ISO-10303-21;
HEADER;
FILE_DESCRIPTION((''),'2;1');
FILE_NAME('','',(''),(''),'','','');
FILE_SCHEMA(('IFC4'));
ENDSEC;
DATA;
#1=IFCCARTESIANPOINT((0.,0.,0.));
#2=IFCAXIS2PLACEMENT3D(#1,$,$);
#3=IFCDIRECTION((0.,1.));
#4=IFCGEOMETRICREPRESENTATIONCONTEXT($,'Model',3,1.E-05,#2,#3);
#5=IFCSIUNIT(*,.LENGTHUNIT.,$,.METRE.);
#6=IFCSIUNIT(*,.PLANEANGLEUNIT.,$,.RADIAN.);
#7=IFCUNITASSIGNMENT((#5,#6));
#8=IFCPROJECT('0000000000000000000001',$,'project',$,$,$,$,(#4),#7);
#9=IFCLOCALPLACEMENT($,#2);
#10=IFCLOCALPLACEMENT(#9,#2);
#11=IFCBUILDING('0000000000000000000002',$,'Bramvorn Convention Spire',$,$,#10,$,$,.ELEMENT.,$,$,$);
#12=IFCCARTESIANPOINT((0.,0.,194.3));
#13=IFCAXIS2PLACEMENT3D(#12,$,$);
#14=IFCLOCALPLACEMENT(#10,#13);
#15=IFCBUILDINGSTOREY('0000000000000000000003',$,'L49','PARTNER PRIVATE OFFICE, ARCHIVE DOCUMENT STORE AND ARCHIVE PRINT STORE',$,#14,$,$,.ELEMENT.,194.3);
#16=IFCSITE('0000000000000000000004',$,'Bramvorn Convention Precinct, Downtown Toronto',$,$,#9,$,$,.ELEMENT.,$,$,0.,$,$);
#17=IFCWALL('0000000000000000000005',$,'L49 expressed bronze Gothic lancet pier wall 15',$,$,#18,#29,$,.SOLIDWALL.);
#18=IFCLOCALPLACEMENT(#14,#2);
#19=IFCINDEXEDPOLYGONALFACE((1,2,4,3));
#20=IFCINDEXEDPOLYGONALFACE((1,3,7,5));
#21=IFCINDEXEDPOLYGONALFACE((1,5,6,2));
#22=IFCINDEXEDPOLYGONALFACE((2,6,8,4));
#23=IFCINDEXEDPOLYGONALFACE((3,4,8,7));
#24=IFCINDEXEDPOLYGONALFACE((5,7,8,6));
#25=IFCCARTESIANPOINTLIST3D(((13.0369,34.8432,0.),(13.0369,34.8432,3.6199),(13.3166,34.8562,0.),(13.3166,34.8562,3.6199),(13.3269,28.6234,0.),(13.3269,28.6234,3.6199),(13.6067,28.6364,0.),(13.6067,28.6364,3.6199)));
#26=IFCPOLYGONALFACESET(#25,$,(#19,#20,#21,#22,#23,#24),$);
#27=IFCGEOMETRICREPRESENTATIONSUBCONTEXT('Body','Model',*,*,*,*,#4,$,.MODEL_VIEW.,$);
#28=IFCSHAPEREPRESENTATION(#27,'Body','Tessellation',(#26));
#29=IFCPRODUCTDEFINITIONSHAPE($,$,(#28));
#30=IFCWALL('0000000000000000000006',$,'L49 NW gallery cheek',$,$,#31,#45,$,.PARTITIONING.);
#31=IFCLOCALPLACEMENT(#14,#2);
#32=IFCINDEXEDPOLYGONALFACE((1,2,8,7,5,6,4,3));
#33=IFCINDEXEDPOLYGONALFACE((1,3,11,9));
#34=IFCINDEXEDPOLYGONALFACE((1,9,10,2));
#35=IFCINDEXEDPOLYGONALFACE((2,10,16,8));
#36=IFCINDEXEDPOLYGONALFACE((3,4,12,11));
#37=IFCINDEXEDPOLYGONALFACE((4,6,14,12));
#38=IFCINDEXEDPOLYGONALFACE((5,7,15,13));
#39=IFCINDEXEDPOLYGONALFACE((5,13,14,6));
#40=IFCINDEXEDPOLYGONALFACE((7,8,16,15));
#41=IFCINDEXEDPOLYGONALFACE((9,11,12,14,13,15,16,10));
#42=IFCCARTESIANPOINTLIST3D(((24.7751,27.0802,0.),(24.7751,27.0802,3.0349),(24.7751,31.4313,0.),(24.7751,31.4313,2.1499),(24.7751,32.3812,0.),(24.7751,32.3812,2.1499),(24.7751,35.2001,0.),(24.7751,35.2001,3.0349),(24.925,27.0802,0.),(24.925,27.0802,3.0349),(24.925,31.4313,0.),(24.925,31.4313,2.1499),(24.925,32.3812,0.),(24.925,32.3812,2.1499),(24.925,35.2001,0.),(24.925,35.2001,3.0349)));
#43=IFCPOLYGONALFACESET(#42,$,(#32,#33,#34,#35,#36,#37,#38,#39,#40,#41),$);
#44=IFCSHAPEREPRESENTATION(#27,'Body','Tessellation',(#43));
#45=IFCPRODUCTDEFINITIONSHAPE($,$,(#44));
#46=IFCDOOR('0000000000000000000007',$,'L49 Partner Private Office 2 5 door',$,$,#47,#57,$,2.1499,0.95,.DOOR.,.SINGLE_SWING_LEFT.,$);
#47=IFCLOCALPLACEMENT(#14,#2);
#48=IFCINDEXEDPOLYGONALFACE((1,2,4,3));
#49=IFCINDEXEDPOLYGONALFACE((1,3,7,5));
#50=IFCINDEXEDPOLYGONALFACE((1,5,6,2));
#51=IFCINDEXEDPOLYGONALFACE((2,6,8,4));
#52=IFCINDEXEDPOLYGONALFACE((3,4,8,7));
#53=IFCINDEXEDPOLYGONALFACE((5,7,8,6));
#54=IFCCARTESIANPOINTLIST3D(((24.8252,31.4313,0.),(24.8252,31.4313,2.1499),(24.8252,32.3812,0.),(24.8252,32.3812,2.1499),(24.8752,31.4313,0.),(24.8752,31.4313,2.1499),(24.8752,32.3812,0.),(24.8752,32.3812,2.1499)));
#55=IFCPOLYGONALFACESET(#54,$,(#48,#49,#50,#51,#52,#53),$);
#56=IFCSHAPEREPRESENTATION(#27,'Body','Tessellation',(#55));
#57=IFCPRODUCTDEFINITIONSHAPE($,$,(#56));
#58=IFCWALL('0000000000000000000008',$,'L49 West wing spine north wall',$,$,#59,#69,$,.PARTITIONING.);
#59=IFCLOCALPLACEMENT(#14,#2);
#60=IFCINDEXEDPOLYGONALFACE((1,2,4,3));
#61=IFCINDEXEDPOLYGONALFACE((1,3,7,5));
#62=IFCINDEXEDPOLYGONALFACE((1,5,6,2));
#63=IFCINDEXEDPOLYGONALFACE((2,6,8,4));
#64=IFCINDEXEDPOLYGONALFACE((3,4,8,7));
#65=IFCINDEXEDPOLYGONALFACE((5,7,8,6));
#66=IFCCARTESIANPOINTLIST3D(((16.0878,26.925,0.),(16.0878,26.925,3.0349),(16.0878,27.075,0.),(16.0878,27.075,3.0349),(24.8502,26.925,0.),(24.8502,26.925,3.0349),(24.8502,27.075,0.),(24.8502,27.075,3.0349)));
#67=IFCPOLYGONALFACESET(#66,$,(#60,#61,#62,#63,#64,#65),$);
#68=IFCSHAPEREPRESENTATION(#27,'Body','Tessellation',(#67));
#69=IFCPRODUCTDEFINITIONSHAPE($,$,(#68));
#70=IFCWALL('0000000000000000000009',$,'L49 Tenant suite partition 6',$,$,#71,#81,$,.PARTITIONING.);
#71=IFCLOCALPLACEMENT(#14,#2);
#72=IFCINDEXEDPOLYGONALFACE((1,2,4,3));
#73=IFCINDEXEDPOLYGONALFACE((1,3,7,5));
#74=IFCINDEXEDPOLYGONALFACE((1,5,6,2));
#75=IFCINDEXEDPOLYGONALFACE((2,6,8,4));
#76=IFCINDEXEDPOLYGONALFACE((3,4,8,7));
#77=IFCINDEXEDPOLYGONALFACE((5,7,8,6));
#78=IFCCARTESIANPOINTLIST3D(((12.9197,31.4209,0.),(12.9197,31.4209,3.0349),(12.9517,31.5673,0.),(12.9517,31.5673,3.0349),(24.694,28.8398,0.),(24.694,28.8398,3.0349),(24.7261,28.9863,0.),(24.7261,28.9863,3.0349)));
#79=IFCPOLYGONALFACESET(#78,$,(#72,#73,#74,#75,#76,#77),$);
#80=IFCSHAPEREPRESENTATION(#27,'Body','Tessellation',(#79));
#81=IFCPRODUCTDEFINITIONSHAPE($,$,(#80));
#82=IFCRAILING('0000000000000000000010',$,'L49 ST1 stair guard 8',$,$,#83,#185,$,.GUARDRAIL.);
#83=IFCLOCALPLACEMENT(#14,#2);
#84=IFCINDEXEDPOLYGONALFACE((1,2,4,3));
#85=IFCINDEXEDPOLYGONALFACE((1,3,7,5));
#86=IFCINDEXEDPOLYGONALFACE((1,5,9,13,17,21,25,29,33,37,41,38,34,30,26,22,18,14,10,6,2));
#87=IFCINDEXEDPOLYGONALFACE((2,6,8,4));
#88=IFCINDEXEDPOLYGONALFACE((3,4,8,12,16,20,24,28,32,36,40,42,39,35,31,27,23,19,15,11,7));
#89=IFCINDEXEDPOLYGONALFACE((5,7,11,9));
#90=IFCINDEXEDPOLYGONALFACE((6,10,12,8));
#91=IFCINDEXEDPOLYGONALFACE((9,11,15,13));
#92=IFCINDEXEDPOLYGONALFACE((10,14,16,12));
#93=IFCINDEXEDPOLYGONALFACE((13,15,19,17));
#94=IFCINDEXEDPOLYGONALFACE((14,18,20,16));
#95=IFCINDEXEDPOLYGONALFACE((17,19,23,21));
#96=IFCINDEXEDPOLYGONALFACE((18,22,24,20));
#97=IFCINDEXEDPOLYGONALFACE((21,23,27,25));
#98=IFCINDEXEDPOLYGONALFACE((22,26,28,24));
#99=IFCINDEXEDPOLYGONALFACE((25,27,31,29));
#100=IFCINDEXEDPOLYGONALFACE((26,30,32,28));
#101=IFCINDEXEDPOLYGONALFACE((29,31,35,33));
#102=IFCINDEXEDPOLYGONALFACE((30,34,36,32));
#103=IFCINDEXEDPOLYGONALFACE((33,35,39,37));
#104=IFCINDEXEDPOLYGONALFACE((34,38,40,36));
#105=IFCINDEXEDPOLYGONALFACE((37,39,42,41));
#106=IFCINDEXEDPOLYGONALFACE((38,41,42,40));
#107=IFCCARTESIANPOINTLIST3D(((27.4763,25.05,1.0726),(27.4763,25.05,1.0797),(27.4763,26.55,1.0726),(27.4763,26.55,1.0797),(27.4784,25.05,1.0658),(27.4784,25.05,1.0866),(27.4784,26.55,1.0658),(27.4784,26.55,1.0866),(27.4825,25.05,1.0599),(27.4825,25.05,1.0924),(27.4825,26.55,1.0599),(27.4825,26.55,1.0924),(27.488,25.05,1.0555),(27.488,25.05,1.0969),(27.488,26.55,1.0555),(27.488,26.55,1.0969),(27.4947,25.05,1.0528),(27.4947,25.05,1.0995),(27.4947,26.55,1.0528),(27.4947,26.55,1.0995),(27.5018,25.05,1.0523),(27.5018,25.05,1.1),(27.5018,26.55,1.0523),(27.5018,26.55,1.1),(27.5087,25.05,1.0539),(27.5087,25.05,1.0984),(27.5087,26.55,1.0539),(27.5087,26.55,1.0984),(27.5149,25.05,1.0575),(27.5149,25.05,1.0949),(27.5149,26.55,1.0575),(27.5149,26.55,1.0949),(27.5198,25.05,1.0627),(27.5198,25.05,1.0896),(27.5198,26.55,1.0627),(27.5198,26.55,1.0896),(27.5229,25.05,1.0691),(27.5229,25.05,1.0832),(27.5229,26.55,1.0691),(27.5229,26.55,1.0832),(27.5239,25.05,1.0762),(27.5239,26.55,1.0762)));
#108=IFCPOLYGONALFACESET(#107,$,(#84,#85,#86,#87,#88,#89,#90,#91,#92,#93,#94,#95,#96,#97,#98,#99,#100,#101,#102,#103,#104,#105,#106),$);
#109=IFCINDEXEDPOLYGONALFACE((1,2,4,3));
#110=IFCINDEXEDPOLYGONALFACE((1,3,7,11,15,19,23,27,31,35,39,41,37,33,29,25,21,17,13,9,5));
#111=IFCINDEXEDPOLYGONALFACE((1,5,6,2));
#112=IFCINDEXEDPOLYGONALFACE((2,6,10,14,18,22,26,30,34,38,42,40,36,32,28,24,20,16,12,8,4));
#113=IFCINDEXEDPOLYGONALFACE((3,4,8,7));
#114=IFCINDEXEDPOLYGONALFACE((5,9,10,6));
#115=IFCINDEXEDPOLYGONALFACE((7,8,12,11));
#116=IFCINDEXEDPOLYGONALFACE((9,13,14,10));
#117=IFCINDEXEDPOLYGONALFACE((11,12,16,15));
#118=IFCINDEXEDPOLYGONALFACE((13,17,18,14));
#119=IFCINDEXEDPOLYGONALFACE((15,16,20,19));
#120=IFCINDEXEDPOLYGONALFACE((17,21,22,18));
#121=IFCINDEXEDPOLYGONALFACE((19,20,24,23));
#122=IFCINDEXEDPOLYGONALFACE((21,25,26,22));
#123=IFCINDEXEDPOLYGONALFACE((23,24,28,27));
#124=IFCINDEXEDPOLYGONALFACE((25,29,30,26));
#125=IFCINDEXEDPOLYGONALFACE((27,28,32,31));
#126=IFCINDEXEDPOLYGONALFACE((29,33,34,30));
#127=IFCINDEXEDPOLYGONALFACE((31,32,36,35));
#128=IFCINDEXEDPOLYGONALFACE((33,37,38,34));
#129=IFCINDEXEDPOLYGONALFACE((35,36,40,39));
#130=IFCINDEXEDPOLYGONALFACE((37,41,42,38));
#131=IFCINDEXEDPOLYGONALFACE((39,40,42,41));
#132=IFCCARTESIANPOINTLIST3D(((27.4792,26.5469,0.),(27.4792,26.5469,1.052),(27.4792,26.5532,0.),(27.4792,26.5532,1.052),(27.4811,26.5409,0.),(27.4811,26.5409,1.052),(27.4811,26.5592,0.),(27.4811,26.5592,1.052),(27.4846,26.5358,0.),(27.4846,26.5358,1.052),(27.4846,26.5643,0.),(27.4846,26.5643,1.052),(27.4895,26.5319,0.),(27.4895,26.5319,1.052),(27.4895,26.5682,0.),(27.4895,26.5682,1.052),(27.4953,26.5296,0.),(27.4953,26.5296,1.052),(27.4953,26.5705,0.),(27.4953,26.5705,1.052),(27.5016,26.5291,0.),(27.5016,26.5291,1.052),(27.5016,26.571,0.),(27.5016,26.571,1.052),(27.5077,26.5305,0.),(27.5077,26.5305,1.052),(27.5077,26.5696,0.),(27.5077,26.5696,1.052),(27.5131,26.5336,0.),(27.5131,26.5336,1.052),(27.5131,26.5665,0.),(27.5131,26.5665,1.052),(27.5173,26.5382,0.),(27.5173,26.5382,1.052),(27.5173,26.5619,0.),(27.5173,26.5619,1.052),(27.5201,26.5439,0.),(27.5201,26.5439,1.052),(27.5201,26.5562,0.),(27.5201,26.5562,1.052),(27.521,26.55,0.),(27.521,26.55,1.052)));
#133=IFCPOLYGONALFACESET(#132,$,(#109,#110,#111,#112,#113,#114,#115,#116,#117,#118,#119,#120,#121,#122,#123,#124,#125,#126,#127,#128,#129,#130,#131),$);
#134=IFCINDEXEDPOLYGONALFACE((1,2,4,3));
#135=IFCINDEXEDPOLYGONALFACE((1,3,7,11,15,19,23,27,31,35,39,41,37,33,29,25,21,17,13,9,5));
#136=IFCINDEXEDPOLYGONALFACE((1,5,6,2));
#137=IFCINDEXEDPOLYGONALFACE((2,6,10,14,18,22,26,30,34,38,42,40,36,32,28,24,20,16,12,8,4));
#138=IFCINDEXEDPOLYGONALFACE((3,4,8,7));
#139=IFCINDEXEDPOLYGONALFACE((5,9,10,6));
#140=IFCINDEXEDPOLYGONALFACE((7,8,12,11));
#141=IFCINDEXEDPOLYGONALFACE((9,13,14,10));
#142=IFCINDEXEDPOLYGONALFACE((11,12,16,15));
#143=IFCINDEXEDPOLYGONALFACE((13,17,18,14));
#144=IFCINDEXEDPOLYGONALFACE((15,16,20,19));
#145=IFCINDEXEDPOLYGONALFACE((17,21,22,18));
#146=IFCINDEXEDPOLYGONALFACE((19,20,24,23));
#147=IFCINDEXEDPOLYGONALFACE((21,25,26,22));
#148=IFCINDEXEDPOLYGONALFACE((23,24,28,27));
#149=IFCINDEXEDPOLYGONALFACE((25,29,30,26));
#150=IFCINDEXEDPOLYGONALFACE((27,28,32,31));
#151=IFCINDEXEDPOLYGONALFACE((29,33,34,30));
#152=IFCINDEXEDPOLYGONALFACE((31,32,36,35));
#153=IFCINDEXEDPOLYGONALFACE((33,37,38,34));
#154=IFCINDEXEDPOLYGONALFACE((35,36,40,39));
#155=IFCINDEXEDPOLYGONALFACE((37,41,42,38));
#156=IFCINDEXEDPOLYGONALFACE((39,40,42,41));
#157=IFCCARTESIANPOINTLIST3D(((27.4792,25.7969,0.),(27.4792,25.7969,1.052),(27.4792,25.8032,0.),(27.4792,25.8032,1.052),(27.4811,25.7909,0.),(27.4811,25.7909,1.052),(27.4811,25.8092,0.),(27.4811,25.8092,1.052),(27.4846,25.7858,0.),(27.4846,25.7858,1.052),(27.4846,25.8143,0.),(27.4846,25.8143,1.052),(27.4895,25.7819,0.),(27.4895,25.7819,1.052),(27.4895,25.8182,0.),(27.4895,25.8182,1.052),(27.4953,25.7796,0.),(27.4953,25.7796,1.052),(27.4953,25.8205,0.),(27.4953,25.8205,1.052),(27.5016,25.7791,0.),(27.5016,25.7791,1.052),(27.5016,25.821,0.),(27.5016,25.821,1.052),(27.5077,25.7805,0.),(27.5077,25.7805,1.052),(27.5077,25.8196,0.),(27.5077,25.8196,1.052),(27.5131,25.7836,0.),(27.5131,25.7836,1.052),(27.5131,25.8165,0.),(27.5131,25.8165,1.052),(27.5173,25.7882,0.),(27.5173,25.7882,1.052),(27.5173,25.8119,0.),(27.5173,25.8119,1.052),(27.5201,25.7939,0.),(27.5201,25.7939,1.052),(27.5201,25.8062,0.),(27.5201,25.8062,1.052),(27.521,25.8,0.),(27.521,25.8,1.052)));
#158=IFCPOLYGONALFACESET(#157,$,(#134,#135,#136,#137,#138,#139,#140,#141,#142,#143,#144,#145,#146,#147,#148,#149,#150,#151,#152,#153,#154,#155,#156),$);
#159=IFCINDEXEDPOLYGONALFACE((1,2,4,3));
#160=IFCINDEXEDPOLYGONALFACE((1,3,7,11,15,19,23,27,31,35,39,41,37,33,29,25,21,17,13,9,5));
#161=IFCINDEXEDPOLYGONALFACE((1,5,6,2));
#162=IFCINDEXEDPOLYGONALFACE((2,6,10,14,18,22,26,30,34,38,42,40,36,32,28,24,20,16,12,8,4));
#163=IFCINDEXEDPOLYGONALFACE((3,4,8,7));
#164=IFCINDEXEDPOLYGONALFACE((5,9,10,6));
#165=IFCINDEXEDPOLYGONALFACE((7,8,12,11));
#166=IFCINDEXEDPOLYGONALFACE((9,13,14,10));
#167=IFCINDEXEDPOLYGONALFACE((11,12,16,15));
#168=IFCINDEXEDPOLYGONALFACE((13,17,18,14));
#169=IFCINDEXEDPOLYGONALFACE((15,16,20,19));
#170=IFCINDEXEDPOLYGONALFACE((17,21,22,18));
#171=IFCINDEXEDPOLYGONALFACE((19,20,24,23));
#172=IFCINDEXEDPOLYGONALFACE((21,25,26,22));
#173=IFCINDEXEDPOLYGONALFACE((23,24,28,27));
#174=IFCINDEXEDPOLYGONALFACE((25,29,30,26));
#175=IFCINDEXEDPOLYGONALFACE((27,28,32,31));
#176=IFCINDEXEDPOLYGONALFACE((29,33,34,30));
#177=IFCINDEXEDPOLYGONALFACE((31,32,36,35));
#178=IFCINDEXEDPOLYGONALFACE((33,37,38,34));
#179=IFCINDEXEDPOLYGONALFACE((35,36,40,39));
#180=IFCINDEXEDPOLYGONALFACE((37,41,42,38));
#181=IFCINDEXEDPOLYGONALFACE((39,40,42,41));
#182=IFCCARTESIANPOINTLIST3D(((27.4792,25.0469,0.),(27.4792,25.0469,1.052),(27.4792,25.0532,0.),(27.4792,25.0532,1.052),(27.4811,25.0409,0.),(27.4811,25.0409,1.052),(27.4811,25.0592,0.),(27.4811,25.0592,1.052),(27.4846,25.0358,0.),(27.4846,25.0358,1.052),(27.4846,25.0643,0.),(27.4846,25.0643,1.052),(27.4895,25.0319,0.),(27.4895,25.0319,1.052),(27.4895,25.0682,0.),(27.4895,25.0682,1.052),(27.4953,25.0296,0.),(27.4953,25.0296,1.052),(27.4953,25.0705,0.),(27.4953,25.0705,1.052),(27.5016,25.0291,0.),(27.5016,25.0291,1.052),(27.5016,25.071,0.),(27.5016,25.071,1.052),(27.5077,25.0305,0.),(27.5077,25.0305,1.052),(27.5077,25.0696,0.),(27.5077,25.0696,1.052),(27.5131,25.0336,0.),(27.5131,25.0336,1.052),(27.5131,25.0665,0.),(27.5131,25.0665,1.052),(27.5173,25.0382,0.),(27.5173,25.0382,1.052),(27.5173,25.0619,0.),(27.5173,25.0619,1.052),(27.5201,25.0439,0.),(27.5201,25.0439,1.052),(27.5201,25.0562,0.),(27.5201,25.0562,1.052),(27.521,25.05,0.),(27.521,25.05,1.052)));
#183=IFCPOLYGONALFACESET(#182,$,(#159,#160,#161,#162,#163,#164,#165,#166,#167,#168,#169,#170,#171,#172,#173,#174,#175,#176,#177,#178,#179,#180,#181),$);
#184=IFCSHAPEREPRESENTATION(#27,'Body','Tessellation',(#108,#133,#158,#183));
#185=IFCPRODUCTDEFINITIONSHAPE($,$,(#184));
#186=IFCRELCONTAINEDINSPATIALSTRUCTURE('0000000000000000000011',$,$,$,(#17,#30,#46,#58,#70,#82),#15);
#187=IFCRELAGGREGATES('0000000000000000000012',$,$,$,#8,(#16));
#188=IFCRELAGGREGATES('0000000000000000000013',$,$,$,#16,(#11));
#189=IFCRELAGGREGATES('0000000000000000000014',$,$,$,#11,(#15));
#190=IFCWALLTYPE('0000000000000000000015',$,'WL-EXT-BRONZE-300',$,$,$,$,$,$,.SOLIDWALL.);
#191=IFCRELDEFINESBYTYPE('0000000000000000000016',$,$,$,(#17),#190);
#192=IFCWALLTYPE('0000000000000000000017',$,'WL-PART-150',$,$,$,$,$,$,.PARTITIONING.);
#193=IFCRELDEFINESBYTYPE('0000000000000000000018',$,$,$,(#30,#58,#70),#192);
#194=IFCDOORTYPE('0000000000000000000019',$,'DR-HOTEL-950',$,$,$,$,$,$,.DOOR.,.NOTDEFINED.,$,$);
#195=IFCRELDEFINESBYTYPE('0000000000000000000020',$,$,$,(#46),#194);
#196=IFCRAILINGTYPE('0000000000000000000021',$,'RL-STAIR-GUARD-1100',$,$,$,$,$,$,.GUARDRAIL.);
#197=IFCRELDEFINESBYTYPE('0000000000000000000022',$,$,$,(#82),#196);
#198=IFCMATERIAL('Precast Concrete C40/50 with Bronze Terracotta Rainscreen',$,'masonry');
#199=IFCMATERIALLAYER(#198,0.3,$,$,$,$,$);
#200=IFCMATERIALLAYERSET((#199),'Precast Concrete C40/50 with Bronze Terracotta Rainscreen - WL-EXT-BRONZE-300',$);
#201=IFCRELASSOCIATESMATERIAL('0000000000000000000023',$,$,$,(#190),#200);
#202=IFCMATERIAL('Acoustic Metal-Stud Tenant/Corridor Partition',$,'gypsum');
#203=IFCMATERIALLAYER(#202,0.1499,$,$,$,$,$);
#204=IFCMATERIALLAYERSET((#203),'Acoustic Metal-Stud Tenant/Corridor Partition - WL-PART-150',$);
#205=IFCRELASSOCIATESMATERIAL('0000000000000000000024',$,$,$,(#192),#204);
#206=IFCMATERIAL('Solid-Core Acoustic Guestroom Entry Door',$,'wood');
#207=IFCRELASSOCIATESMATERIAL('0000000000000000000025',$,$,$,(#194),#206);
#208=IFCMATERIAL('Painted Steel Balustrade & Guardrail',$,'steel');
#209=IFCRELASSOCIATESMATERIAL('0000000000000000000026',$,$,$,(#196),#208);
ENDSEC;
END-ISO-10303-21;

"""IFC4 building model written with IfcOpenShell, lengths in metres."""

from ifc_helpers import new_model, si_unit, direction, frame, frame_2d, origin, origin_2d, place, context, subcontext, project, spatial, rectangle, circle, extrude, material, layer, layer_set, type_object, element, fill, save


model = new_model("IFC4")

# Units and contexts
model_context = context("Model", 3, precision=1e-05, world=origin(), true_north=direction((0.0, 1.0)))
body_context = subcontext(model_context, "Body", "Model", "MODEL_VIEW")
ifc_project = project(units=[si_unit("LENGTHUNIT", "METRE"), si_unit("PLANEANGLEUNIT", "RADIAN")], contexts=[model_context])

# Site, building, storey
site_placement = place(None, origin())
site = spatial("IfcSite", under=ifc_project, at=site_placement, Name="Bramvorn Convention Precinct, Downtown Toronto", CompositionType="ELEMENT", RefElevation=0.0)
building_placement = place(site_placement, origin())
building = spatial("IfcBuilding", under=site, at=building_placement, Name="Bramvorn Convention Spire", CompositionType="ELEMENT")
storey_placement = place(building_placement, frame((0.0, 0.0, 194.3)))
storey = spatial("IfcBuildingStorey", under=building, at=storey_placement, Name="L49", Description="PARTNER PRIVATE OFFICE, ARCHIVE DOCUMENT STORE AND ARCHIVE PRINT STORE", CompositionType="ELEMENT", Elevation=194.3)

# Wall
ifc_material_1 = material(Name="Precast Concrete C40/50 with Bronze Terracotta Rainscreen", Category="masonry")
ifc_layer_1 = layer(ifc_material_1, 0.3)
ifc_layer_set_1 = layer_set([ifc_layer_1], Name="Precast Concrete C40/50 with Bronze Terracotta Rainscreen - WL-EXT-BRONZE-300")
wall_type_1 = type_object("IfcWallType", Name="WL-EXT-BRONZE-300", PredefinedType="SOLIDWALL", material=ifc_layer_set_1)
wall_1_placement = place(storey_placement, frame((13.4668, 28.6299, 0.0), z_axis=(0.0, 0.0, 1.0), x_axis=(-0.046582, 0.998914, 0.0)))
element("IfcWall", 1, at=wall_1_placement, inside=storey, type_object=wall_type_1, Name="L49 expressed bronze Gothic lancet pier wall 15", PredefinedType="SOLIDWALL", context=body_context, shape_type="SweptSolid", body=[
    extrude(rectangle(XDim=6.2266, YDim=0.28, at=frame_2d((3.1133, 0.0))), origin(), (0.0, 0.0, 1.0), 3.6199),
])

# Wall, opening, door
ifc_material_2 = material(Name="Acoustic Metal-Stud Tenant/Corridor Partition", Category="gypsum")
ifc_layer_2 = layer(ifc_material_2, 0.1499)
ifc_layer_set_2 = layer_set([ifc_layer_2], Name="Acoustic Metal-Stud Tenant/Corridor Partition - WL-PART-150")
wall_type_2 = type_object("IfcWallType", Name="WL-PART-150", PredefinedType="PARTITIONING", material=ifc_layer_set_2)
wall_2_placement = place(storey_placement, frame((24.8501, 27.0801, 0.0), z_axis=(0.0, 0.0, 1.0), x_axis=(0.0, 1.0, 0.0)))
wall_2 = element("IfcWall", 2, at=wall_2_placement, inside=storey, type_object=wall_type_2, Name="L49 NW gallery cheek", PredefinedType="PARTITIONING", context=body_context, shape_type="SweptSolid", body=[
    extrude(rectangle(XDim=8.1199, YDim=0.1499, at=frame_2d((4.0601, 0.0))), origin(), (0.0, 0.0, 1.0), 3.0349),
])
opening_1_placement = place(wall_2_placement, frame((4.3511, 0.0, 0.0)))
opening_1 = element("IfcOpeningElement", 3, at=opening_1_placement, cuts=wall_2, PredefinedType="OPENING", context=body_context, shape_type="SweptSolid", body=[
    extrude(rectangle(XDim=0.95, YDim=2.1499, at=frame_2d((0.4751, 1.075))), frame((0.0, 0.085, 0.0), z_axis=(0.0, -1.0, 0.0), x_axis=(1.0, 0.0, 0.0)), (0.0, 0.0, 1.0), 0.1699),
])
ifc_material_3 = material(Name="Solid-Core Acoustic Guestroom Entry Door", Category="wood")
door_type_1 = type_object("IfcDoorType", Name="DR-HOTEL-950", OperationType="NOTDEFINED", PredefinedType="DOOR", material=ifc_material_3)
door_1_placement = place(opening_1_placement, origin())
door_1 = element("IfcDoor", 4, at=door_1_placement, inside=storey, type_object=door_type_1, Name="L49 Partner Private Office 2 5 door", OperationType="SINGLE_SWING_LEFT", OverallHeight=2.1499, OverallWidth=0.95, PredefinedType="DOOR", context=body_context, shape_type="SweptSolid", body=[
    extrude(rectangle(XDim=0.95, YDim=2.1499, at=frame_2d((0.4751, 1.075))), frame((0.0, 0.0249, 0.0), z_axis=(0.0, -1.0, 0.0), x_axis=(1.0, 0.0, 0.0)), (0.0, 0.0, 1.0), 0.05),
])
fill(opening_1, door_1)

# Walls
wall_3_placement = place(storey_placement, frame((16.0876, 27.0, 0.0), z_axis=(0.0, 0.0, 1.0), x_axis=(1.0, 0.0, 0.0)))
element("IfcWall", 5, at=wall_3_placement, inside=storey, type_object=wall_type_2, Name="L49 West wing spine north wall", PredefinedType="PARTITIONING", context=body_context, shape_type="SweptSolid", body=[
    extrude(rectangle(XDim=8.7625, YDim=0.1499, at=frame_2d((4.3813, 0.0))), origin(), (0.0, 0.0, 1.0), 3.0349),
])
wall_4_placement = place(storey_placement, frame((24.71, 28.9131, 0.0), z_axis=(0.0, 0.0, 1.0), x_axis=(-0.976806, 0.214125, 0.0)))
element("IfcWall", 6, at=wall_4_placement, inside=storey, type_object=wall_type_2, Name="L49 Tenant suite partition 6", PredefinedType="PARTITIONING", context=body_context, shape_type="SweptSolid", body=[
    extrude(rectangle(XDim=12.054, YDim=0.1499, at=frame_2d((6.0269, 0.0))), origin(), (0.0, 0.0, 1.0), 3.0349),
])

# Railing
ifc_material_4 = material(Name="Painted Steel Balustrade & Guardrail", Category="steel")
railing_type_1 = type_object("IfcRailingType", Name="RL-STAIR-GUARD-1100", PredefinedType="GUARDRAIL", material=ifc_material_4)
railing_1_placement = place(storey_placement, frame((27.5, 26.55, 0.0)))
element("IfcRailing", 7, at=railing_1_placement, inside=storey, type_object=railing_type_1, Name="L49 ST1 stair guard 8", PredefinedType="GUARDRAIL", context=body_context, shape_type="SweptSolid", body=[
    extrude(circle(Radius=0.0239, at=origin_2d()), frame((0.0, 0.0, 1.0762), z_axis=(0.0, -1.0, 0.0), x_axis=(1.0, 0.0, 0.0)), (0.0, 0.0, 1.0), 1.5),
    extrude(circle(Radius=0.021, at=origin_2d()), origin(), (0.0, 0.0, 1.0), 1.052),
    extrude(circle(Radius=0.021, at=origin_2d()), frame((0.0, -0.75, 0.0)), (0.0, 0.0, 1.0), 1.052),
    extrude(circle(Radius=0.021, at=origin_2d()), frame((0.0, -1.5, 0.0)), (0.0, 0.0, 1.0), 1.052),
])

save(model, "model.ifc")
